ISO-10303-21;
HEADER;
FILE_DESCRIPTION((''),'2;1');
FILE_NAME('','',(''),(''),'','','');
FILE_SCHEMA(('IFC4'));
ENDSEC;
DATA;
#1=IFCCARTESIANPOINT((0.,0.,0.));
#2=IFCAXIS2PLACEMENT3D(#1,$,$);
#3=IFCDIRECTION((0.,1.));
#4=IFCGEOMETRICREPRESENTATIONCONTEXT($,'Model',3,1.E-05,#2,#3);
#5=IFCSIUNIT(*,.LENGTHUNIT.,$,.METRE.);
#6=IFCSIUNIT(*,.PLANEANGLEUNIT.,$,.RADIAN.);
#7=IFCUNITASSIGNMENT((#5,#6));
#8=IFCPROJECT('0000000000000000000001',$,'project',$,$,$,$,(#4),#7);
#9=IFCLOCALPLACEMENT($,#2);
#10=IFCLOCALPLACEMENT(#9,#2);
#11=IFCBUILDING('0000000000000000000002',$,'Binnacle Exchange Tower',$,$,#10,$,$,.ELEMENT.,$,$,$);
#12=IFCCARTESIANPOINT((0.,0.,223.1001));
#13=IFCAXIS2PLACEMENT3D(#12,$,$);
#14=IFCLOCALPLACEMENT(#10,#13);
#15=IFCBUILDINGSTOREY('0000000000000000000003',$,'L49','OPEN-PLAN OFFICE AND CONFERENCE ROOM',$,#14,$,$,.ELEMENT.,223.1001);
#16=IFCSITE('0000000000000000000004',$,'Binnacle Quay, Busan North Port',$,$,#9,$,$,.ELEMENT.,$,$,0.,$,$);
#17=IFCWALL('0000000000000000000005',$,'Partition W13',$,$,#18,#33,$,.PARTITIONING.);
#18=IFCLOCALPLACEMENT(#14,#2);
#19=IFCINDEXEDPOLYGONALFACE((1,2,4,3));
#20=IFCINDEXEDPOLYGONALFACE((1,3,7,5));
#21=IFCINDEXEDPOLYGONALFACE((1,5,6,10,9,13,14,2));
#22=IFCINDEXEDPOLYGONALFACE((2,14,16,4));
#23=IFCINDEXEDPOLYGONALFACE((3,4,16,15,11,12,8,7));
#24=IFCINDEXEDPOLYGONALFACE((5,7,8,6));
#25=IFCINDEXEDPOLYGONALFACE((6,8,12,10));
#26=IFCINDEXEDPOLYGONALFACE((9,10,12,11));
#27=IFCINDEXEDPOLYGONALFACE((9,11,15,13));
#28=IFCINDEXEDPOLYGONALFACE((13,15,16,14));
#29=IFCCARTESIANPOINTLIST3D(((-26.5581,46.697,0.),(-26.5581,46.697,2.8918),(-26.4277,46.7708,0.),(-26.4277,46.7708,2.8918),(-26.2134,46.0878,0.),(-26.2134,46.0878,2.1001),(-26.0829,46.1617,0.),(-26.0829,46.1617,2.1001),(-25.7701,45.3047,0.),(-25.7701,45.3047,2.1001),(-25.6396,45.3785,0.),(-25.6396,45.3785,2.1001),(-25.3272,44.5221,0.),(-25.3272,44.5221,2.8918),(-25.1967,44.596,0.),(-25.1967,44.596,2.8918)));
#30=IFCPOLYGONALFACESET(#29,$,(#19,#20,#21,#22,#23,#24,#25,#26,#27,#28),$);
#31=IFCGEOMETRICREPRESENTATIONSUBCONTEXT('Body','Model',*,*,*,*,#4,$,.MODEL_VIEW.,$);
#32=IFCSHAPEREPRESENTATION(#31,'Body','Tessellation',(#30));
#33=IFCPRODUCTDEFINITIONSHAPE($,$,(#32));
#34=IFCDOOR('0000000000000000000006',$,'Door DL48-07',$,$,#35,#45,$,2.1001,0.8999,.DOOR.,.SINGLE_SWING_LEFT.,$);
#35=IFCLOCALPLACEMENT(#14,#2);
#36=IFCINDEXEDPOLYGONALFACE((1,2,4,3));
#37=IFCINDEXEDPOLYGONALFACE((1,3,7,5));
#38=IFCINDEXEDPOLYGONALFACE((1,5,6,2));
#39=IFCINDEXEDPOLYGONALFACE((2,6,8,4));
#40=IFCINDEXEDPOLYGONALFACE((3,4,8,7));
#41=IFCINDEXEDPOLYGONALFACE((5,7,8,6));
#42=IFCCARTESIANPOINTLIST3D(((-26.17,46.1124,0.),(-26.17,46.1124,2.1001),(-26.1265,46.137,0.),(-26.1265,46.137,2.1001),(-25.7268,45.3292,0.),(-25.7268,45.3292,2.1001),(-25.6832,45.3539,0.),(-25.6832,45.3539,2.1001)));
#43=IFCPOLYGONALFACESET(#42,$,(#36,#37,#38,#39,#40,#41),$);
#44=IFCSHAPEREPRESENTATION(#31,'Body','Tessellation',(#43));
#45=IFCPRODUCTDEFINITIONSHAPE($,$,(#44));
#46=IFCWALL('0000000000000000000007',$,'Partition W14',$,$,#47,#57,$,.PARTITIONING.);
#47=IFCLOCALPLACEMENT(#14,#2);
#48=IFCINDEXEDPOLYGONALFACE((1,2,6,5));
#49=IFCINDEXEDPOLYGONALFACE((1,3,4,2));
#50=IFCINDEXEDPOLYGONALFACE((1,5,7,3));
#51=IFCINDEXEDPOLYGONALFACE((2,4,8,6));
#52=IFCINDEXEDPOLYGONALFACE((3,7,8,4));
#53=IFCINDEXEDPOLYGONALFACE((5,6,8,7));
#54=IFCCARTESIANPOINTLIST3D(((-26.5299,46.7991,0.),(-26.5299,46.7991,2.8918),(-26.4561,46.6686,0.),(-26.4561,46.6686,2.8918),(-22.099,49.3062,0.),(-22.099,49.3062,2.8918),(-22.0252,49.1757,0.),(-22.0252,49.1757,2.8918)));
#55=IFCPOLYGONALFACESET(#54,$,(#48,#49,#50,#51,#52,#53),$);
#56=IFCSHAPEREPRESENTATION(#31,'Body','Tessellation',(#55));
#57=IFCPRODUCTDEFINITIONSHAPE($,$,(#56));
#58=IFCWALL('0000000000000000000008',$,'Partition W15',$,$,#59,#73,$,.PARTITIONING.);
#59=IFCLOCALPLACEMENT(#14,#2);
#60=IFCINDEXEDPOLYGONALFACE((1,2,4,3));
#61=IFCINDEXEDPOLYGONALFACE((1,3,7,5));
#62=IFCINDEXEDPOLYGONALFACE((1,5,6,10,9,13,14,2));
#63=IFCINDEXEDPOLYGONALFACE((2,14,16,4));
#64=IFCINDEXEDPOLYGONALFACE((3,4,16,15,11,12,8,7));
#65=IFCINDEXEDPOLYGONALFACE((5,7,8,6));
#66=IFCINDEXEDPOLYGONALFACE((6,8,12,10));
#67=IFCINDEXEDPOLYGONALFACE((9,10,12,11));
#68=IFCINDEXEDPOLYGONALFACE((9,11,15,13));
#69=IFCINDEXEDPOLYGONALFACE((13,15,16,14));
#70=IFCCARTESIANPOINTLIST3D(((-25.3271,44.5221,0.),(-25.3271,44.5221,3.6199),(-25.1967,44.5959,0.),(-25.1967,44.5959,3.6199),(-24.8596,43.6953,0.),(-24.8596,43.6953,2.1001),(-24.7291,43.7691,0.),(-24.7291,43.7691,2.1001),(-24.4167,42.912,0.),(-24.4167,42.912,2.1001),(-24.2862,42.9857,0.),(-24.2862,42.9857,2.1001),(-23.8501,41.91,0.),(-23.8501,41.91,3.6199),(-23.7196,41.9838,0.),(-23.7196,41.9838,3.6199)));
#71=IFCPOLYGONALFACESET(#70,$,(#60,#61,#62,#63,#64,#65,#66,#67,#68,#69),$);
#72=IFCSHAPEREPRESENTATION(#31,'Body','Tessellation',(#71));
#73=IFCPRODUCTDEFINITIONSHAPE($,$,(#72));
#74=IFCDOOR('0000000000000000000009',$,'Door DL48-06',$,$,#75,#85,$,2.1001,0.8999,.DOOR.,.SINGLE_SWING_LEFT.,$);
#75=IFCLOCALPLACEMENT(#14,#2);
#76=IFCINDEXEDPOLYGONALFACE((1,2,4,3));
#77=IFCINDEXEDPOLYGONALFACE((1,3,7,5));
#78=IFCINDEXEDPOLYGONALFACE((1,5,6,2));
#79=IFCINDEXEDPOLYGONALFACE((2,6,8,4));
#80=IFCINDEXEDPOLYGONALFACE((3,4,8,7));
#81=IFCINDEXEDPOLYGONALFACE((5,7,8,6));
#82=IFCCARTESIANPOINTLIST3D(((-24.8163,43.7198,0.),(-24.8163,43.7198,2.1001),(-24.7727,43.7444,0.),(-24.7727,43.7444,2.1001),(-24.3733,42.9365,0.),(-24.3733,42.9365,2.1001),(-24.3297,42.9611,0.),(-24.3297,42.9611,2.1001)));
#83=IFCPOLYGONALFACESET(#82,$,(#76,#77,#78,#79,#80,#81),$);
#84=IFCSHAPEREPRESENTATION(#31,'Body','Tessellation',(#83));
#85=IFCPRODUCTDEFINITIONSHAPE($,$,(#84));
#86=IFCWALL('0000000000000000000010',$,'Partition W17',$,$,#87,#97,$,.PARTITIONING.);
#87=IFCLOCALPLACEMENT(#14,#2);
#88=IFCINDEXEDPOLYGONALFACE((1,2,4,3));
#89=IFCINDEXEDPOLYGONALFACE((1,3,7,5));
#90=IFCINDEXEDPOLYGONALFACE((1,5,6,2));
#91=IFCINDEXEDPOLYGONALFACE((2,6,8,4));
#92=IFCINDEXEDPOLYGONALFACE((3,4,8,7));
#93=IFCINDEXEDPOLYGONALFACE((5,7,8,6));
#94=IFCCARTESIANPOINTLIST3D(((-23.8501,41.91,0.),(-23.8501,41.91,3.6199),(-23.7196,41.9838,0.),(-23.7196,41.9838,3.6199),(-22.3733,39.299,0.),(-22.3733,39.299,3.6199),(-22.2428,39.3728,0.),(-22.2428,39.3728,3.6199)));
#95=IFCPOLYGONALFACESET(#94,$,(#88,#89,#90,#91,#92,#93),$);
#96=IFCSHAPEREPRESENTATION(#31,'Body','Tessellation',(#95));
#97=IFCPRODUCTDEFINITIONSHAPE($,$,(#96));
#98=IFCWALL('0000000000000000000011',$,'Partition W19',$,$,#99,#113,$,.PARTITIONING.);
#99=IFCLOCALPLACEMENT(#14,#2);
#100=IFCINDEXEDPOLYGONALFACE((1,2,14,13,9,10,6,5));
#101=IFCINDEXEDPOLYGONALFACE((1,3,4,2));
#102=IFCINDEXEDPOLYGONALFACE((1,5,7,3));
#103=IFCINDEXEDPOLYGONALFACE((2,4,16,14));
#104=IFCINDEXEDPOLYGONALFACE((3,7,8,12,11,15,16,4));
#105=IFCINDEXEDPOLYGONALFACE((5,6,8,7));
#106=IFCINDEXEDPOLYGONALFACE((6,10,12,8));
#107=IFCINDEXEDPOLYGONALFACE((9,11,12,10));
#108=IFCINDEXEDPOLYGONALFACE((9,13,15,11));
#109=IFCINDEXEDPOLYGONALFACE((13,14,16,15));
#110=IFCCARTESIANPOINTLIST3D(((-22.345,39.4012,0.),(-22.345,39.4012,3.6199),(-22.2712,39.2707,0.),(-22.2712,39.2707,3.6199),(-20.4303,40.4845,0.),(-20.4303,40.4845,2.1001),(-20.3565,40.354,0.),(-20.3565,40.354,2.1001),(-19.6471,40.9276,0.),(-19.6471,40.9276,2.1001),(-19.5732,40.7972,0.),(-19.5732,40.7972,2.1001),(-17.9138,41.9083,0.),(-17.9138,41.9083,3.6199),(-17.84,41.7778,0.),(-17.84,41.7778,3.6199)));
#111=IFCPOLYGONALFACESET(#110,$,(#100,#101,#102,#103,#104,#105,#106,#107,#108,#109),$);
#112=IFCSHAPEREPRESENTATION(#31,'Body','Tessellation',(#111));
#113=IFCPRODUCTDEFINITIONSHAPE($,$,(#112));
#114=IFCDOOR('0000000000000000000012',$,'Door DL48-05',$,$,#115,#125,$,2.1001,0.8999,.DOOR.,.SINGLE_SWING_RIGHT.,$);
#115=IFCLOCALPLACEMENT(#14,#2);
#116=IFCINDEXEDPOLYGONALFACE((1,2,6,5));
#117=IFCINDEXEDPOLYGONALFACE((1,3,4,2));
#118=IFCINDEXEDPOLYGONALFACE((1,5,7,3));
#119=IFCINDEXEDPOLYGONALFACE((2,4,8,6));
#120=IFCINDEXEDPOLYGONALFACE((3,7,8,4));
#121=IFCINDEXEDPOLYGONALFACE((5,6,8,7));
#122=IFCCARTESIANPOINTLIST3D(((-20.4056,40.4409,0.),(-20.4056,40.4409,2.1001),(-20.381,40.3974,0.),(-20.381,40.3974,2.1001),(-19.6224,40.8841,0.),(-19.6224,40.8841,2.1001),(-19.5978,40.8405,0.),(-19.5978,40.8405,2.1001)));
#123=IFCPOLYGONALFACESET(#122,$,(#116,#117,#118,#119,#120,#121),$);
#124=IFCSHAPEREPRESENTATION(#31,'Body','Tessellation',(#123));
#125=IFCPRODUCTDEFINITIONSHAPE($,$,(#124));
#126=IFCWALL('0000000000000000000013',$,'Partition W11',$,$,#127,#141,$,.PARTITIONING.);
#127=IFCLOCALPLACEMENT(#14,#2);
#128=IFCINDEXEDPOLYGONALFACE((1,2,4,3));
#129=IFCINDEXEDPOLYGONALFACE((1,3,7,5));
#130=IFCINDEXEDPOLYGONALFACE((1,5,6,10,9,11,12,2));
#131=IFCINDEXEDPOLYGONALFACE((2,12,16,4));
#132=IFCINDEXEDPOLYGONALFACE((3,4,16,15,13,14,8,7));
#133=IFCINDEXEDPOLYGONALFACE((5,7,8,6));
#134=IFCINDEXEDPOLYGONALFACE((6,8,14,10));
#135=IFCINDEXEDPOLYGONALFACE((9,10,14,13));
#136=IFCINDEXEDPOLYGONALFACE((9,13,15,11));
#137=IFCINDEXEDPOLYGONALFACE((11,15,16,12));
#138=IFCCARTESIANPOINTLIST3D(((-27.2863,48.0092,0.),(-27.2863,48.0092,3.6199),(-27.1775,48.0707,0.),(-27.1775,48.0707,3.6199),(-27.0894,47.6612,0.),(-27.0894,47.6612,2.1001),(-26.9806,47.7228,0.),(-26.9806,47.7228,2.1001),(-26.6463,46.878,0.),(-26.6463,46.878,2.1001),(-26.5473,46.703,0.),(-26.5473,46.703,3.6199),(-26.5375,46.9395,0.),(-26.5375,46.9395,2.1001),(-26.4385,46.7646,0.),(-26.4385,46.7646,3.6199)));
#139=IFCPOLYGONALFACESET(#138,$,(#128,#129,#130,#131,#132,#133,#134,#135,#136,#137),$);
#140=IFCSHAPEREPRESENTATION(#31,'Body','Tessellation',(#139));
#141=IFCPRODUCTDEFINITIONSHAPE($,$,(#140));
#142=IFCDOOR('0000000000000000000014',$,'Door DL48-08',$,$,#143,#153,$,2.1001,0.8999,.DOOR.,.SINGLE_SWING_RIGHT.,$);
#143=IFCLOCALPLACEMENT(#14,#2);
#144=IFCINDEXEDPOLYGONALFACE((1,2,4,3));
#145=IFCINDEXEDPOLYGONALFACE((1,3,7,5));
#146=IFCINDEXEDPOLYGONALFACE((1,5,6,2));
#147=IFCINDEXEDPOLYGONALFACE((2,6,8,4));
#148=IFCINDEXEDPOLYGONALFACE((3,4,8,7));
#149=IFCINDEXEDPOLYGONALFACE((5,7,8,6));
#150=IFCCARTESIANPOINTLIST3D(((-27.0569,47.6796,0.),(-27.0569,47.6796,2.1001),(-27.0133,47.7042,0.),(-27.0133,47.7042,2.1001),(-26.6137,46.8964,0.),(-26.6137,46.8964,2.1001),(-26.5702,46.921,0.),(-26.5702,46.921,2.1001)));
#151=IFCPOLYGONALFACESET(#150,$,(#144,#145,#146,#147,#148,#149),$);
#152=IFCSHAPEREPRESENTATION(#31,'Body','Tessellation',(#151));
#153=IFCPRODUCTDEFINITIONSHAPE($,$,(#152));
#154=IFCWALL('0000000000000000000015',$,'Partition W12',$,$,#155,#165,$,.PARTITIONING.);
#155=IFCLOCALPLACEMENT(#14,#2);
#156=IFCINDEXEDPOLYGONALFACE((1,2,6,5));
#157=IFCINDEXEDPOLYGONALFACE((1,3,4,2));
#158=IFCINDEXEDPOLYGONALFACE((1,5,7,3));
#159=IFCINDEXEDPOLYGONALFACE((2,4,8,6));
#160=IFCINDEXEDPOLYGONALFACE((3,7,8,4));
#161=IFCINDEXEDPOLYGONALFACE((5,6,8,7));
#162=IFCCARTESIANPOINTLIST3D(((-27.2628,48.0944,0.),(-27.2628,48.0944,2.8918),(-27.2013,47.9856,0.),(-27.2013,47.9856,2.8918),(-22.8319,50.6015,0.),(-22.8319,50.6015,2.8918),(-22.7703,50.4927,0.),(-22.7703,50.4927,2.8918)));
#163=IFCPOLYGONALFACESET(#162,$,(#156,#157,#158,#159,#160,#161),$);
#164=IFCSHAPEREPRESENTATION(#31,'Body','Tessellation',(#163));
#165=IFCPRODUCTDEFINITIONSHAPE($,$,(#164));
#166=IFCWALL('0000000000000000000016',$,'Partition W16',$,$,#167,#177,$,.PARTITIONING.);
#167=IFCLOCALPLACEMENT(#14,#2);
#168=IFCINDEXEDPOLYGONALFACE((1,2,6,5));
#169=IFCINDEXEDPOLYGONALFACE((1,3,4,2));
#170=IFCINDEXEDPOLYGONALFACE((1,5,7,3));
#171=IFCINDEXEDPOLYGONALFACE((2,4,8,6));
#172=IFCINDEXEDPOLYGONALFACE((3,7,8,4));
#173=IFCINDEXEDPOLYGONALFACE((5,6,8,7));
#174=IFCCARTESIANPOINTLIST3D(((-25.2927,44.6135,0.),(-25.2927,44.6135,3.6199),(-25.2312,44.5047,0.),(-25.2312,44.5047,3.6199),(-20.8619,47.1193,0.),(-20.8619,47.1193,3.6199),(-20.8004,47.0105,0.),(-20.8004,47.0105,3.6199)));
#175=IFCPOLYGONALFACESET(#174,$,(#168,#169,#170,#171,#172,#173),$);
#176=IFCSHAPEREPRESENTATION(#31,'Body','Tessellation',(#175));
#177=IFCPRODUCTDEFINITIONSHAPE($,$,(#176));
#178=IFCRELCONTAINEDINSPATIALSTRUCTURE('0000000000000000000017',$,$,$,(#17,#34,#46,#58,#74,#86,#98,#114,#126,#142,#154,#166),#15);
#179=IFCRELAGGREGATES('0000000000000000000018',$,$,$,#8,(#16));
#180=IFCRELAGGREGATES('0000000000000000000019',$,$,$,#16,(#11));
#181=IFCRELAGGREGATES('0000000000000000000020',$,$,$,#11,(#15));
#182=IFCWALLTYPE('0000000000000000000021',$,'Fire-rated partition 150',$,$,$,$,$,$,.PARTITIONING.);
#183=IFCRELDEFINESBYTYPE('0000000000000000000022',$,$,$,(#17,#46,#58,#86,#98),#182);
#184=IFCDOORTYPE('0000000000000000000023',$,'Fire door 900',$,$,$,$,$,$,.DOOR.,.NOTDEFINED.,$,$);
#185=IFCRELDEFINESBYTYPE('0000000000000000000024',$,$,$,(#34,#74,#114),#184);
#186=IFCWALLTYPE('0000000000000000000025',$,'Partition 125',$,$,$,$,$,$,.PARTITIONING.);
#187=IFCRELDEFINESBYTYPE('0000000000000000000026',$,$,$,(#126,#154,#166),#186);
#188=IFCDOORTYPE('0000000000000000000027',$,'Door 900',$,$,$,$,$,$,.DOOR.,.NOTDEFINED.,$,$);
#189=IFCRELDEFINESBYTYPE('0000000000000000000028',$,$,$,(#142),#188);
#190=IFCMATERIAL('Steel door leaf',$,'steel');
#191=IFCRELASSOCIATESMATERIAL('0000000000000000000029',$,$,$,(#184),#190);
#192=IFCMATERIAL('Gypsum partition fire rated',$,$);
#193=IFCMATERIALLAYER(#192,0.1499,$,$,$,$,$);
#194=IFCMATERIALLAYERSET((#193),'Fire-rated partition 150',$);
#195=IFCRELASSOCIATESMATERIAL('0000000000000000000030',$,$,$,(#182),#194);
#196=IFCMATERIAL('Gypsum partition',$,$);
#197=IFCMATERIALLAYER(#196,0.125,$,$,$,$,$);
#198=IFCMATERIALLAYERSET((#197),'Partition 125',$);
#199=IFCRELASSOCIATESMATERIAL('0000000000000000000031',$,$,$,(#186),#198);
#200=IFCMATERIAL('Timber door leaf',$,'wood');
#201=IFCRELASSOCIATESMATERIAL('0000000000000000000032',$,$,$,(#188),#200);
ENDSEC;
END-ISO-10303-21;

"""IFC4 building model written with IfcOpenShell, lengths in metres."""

from ifc_helpers import new_model, si_unit, direction, frame, frame_2d, origin, place, context, subcontext, project, spatial, rectangle, extrude, material, layer, layer_set, type_object, element, fill, save


model = new_model("IFC4")

# Units and contexts
model_context = context("Model", 3, precision=1e-05, world=origin(), true_north=direction((0.0, 1.0)))
body_context = subcontext(model_context, "Body", "Model", "MODEL_VIEW")
ifc_project = project(units=[si_unit("LENGTHUNIT", "METRE"), si_unit("PLANEANGLEUNIT", "RADIAN")], contexts=[model_context])

# Site, building, storey
site_placement = place(None, origin())
site = spatial("IfcSite", under=ifc_project, at=site_placement, Name="Binnacle Quay, Busan North Port", CompositionType="ELEMENT", RefElevation=0.0)
building_placement = place(site_placement, origin())
building = spatial("IfcBuilding", under=site, at=building_placement, Name="Binnacle Exchange Tower", CompositionType="ELEMENT")
storey_placement = place(building_placement, frame((0.0, 0.0, 223.1001)))
storey = spatial("IfcBuildingStorey", under=building, at=storey_placement, Name="L49", Description="OPEN-PLAN OFFICE AND CONFERENCE ROOM", CompositionType="ELEMENT", Elevation=223.1001)

# Shared definitions
ifc_material_1 = material(Name="Steel door leaf", Category="steel")
door_type_1 = type_object("IfcDoorType", Name="Fire door 900", OperationType="NOTDEFINED", PredefinedType="DOOR", material=ifc_material_1)

# Wall, opening, door
ifc_material_2 = material(Name="Gypsum partition fire rated")
ifc_layer_1 = layer(ifc_material_2, 0.1499)
ifc_layer_set_1 = layer_set([ifc_layer_1], Name="Fire-rated partition 150")
wall_type_1 = type_object("IfcWallType", Name="Fire-rated partition 150", PredefinedType="PARTITIONING", material=ifc_layer_set_1)
wall_1_placement = place(storey_placement, frame((-26.4929, 46.7339, 0.0), z_axis=(0.0, 0.0, 1.0), x_axis=(0.492579, -0.870268, 0.0)))
wall_1 = element("IfcWall", 1, at=wall_1_placement, inside=storey, type_object=wall_type_1, Name="Partition W13", PredefinedType="PARTITIONING", context=body_context, shape_type="SweptSolid", body=[
    extrude(rectangle(XDim=2.499, YDim=0.1499, at=frame_2d((1.2495, 0.0))), origin(), (0.0, 0.0, 1.0), 2.8918),
])
opening_1_placement = place(wall_1_placement, frame((0.7, 0.0, 0.0)))
opening_1 = element("IfcOpeningElement", 2, at=opening_1_placement, cuts=wall_1, PredefinedType="OPENING", context=body_context, shape_type="SweptSolid", body=[
    extrude(rectangle(XDim=0.8999, YDim=2.1001, at=frame_2d((0.45, 1.05))), frame((0.0, 0.085, 0.0), z_axis=(0.0, -1.0, 0.0), x_axis=(1.0, 0.0, 0.0)), (0.0, 0.0, 1.0), 0.1699),
])
door_1_placement = place(opening_1_placement, origin())
door_1 = element("IfcDoor", 3, at=door_1_placement, inside=storey, type_object=door_type_1, Name="Door DL48-07", OperationType="SINGLE_SWING_LEFT", OverallHeight=2.1001, OverallWidth=0.8999, PredefinedType="DOOR", context=body_context, shape_type="SweptSolid", body=[
    extrude(rectangle(XDim=0.8999, YDim=2.1001, at=frame_2d((0.45, 1.05))), frame((0.0, 0.0249, 0.0), z_axis=(0.0, -1.0, 0.0), x_axis=(1.0, 0.0, 0.0)), (0.0, 0.0, 1.0), 0.05),
])
fill(opening_1, door_1)

# Wall
wall_2_placement = place(storey_placement, frame((-26.4929, 46.7339, 0.0), z_axis=(0.0, 0.0, 1.0), x_axis=(0.870339, 0.492452, 0.0)))
element("IfcWall", 4, at=wall_2_placement, inside=storey, type_object=wall_type_1, Name="Partition W14", PredefinedType="PARTITIONING", context=body_context, shape_type="SweptSolid", body=[
    extrude(rectangle(XDim=5.0911, YDim=0.1499, at=frame_2d((2.5454, 0.0))), origin(), (0.0, 0.0, 1.0), 2.8918),
])

# Wall, opening, door
wall_3_placement = place(storey_placement, frame((-25.262, 44.5591, 0.0), z_axis=(0.0, 0.0, 1.0), x_axis=(0.492226, -0.870467, 0.0)))
wall_3 = element("IfcWall", 5, at=wall_3_placement, inside=storey, type_object=wall_type_1, Name="Partition W15", PredefinedType="PARTITIONING", context=body_context, shape_type="SweptSolid", body=[
    extrude(rectangle(XDim=3.0007, YDim=0.1499, at=frame_2d((1.5005, 0.0))), origin(), (0.0, 0.0, 1.0), 3.6199),
])
opening_2_placement = place(wall_3_placement, frame((0.95, 0.0, 0.0)))
opening_2 = element("IfcOpeningElement", 6, at=opening_2_placement, cuts=wall_3, PredefinedType="OPENING", context=body_context, shape_type="SweptSolid", body=[
    extrude(rectangle(XDim=0.8999, YDim=2.1001, at=frame_2d((0.45, 1.05))), frame((0.0, 0.085, 0.0), z_axis=(0.0, -1.0, 0.0), x_axis=(1.0, 0.0, 0.0)), (0.0, 0.0, 1.0), 0.1699),
])
door_2_placement = place(opening_2_placement, origin())
door_2 = element("IfcDoor", 7, at=door_2_placement, inside=storey, type_object=door_type_1, Name="Door DL48-06", OperationType="SINGLE_SWING_LEFT", OverallHeight=2.1001, OverallWidth=0.8999, PredefinedType="DOOR", context=body_context, shape_type="SweptSolid", body=[
    extrude(rectangle(XDim=0.8999, YDim=2.1001, at=frame_2d((0.45, 1.05))), frame((0.0, 0.0249, 0.0), z_axis=(0.0, -1.0, 0.0), x_axis=(1.0, 0.0, 0.0)), (0.0, 0.0, 1.0), 0.05),
])
fill(opening_2, door_2)

# Wall
wall_4_placement = place(storey_placement, frame((-23.7849, 41.947, 0.0), z_axis=(0.0, 0.0, 1.0), x_axis=(0.492304, -0.870423, 0.0)))
element("IfcWall", 8, at=wall_4_placement, inside=storey, type_object=wall_type_1, Name="Partition W17", PredefinedType="PARTITIONING", context=body_context, shape_type="SweptSolid", body=[
    extrude(rectangle(XDim=2.9998, YDim=0.1499, at=frame_2d((1.5, 0.0))), origin(), (0.0, 0.0, 1.0), 3.6199),
])

# Walls, openings, doors
wall_5_placement = place(storey_placement, frame((-22.3081, 39.3359, 0.0), z_axis=(0.0, 0.0, 1.0), x_axis=(0.870351, 0.492432, 0.0)))
wall_5 = element("IfcWall", 9, at=wall_5_placement, inside=storey, type_object=wall_type_1, Name="Partition W19", PredefinedType="PARTITIONING", context=body_context, shape_type="SweptSolid", body=[
    extrude(rectangle(XDim=5.0913, YDim=0.1499, at=frame_2d((2.5457, 0.0))), origin(), (0.0, 0.0, 1.0), 3.6199),
])
opening_3_placement = place(wall_5_placement, frame((2.2, 0.0, 0.0)))
opening_3 = element("IfcOpeningElement", 10, at=opening_3_placement, cuts=wall_5, PredefinedType="OPENING", context=body_context, shape_type="SweptSolid", body=[
    extrude(rectangle(XDim=0.8999, YDim=2.1001, at=frame_2d((0.45, 1.05))), frame((0.0, 0.085, 0.0), z_axis=(0.0, -1.0, 0.0), x_axis=(1.0, 0.0, 0.0)), (0.0, 0.0, 1.0), 0.1699),
])
door_3_placement = place(opening_3_placement, origin())
door_3 = element("IfcDoor", 11, at=door_3_placement, inside=storey, type_object=door_type_1, Name="Door DL48-05", OperationType="SINGLE_SWING_RIGHT", OverallHeight=2.1001, OverallWidth=0.8999, PredefinedType="DOOR", context=body_context, shape_type="SweptSolid", body=[
    extrude(rectangle(XDim=0.8999, YDim=2.1001, at=frame_2d((0.45, 1.05))), frame((0.0, 0.0249, 0.0), z_axis=(0.0, -1.0, 0.0), x_axis=(1.0, 0.0, 0.0)), (0.0, 0.0, 1.0), 0.05),
])
fill(opening_3, door_3)
ifc_material_3 = material(Name="Gypsum partition")
ifc_layer_2 = layer(ifc_material_3, 0.125)
ifc_layer_set_2 = layer_set([ifc_layer_2], Name="Partition 125")
wall_type_2 = type_object("IfcWallType", Name="Partition 125", PredefinedType="PARTITIONING", material=ifc_layer_set_2)
wall_6_placement = place(storey_placement, frame((-27.2319, 48.04, 0.0), z_axis=(0.0, 0.0, 1.0), x_axis=(0.492438, -0.870348, 0.0)))
wall_6 = element("IfcWall", 12, at=wall_6_placement, inside=storey, type_object=wall_type_2, Name="Partition W11", PredefinedType="PARTITIONING", context=body_context, shape_type="SweptSolid", body=[
    extrude(rectangle(XDim=1.5007, YDim=0.125, at=frame_2d((0.7505, 0.0))), origin(), (0.0, 0.0, 1.0), 3.6199),
])
opening_4_placement = place(wall_6_placement, frame((0.3999, 0.0, 0.0)))
opening_4 = element("IfcOpeningElement", 13, at=opening_4_placement, cuts=wall_6, PredefinedType="OPENING", context=body_context, shape_type="SweptSolid", body=[
    extrude(rectangle(XDim=0.8999, YDim=2.1001, at=frame_2d((0.45, 1.05))), frame((0.0, 0.0725, 0.0), z_axis=(0.0, -1.0, 0.0), x_axis=(1.0, 0.0, 0.0)), (0.0, 0.0, 1.0), 0.145),
])
ifc_material_4 = material(Name="Timber door leaf", Category="wood")
door_type_2 = type_object("IfcDoorType", Name="Door 900", OperationType="NOTDEFINED", PredefinedType="DOOR", material=ifc_material_4)
door_4_placement = place(opening_4_placement, origin())
door_4 = element("IfcDoor", 14, at=door_4_placement, inside=storey, type_object=door_type_2, Name="Door DL48-08", OperationType="SINGLE_SWING_RIGHT", OverallHeight=2.1001, OverallWidth=0.8999, PredefinedType="DOOR", context=body_context, shape_type="SweptSolid", body=[
    extrude(rectangle(XDim=0.8999, YDim=2.1001, at=frame_2d((0.45, 1.05))), frame((0.0, 0.0249, 0.0), z_axis=(0.0, -1.0, 0.0), x_axis=(1.0, 0.0, 0.0)), (0.0, 0.0, 1.0), 0.05),
])
fill(opening_4, door_4)

# Walls
wall_7_placement = place(storey_placement, frame((-27.2319, 48.04, 0.0), z_axis=(0.0, 0.0, 1.0), x_axis=(0.870339, 0.492452, 0.0)))
element("IfcWall", 15, at=wall_7_placement, inside=storey, type_object=wall_type_2, Name="Partition W12", PredefinedType="PARTITIONING", context=body_context, shape_type="SweptSolid", body=[
    extrude(rectangle(XDim=5.0911, YDim=0.125, at=frame_2d((2.5454, 0.0))), origin(), (0.0, 0.0, 1.0), 2.8918),
])
wall_8_placement = place(storey_placement, frame((-25.262, 44.5591, 0.0), z_axis=(0.0, 0.0, 1.0), x_axis=(0.870442, 0.492271, 0.0)))
element("IfcWall", 16, at=wall_8_placement, inside=storey, type_object=wall_type_2, Name="Partition W16", PredefinedType="PARTITIONING", context=body_context, shape_type="SweptSolid", body=[
    extrude(rectangle(XDim=5.0903, YDim=0.125, at=frame_2d((2.5452, 0.0))), origin(), (0.0, 0.0, 1.0), 3.6199),
])

save(model, "model.ifc")
